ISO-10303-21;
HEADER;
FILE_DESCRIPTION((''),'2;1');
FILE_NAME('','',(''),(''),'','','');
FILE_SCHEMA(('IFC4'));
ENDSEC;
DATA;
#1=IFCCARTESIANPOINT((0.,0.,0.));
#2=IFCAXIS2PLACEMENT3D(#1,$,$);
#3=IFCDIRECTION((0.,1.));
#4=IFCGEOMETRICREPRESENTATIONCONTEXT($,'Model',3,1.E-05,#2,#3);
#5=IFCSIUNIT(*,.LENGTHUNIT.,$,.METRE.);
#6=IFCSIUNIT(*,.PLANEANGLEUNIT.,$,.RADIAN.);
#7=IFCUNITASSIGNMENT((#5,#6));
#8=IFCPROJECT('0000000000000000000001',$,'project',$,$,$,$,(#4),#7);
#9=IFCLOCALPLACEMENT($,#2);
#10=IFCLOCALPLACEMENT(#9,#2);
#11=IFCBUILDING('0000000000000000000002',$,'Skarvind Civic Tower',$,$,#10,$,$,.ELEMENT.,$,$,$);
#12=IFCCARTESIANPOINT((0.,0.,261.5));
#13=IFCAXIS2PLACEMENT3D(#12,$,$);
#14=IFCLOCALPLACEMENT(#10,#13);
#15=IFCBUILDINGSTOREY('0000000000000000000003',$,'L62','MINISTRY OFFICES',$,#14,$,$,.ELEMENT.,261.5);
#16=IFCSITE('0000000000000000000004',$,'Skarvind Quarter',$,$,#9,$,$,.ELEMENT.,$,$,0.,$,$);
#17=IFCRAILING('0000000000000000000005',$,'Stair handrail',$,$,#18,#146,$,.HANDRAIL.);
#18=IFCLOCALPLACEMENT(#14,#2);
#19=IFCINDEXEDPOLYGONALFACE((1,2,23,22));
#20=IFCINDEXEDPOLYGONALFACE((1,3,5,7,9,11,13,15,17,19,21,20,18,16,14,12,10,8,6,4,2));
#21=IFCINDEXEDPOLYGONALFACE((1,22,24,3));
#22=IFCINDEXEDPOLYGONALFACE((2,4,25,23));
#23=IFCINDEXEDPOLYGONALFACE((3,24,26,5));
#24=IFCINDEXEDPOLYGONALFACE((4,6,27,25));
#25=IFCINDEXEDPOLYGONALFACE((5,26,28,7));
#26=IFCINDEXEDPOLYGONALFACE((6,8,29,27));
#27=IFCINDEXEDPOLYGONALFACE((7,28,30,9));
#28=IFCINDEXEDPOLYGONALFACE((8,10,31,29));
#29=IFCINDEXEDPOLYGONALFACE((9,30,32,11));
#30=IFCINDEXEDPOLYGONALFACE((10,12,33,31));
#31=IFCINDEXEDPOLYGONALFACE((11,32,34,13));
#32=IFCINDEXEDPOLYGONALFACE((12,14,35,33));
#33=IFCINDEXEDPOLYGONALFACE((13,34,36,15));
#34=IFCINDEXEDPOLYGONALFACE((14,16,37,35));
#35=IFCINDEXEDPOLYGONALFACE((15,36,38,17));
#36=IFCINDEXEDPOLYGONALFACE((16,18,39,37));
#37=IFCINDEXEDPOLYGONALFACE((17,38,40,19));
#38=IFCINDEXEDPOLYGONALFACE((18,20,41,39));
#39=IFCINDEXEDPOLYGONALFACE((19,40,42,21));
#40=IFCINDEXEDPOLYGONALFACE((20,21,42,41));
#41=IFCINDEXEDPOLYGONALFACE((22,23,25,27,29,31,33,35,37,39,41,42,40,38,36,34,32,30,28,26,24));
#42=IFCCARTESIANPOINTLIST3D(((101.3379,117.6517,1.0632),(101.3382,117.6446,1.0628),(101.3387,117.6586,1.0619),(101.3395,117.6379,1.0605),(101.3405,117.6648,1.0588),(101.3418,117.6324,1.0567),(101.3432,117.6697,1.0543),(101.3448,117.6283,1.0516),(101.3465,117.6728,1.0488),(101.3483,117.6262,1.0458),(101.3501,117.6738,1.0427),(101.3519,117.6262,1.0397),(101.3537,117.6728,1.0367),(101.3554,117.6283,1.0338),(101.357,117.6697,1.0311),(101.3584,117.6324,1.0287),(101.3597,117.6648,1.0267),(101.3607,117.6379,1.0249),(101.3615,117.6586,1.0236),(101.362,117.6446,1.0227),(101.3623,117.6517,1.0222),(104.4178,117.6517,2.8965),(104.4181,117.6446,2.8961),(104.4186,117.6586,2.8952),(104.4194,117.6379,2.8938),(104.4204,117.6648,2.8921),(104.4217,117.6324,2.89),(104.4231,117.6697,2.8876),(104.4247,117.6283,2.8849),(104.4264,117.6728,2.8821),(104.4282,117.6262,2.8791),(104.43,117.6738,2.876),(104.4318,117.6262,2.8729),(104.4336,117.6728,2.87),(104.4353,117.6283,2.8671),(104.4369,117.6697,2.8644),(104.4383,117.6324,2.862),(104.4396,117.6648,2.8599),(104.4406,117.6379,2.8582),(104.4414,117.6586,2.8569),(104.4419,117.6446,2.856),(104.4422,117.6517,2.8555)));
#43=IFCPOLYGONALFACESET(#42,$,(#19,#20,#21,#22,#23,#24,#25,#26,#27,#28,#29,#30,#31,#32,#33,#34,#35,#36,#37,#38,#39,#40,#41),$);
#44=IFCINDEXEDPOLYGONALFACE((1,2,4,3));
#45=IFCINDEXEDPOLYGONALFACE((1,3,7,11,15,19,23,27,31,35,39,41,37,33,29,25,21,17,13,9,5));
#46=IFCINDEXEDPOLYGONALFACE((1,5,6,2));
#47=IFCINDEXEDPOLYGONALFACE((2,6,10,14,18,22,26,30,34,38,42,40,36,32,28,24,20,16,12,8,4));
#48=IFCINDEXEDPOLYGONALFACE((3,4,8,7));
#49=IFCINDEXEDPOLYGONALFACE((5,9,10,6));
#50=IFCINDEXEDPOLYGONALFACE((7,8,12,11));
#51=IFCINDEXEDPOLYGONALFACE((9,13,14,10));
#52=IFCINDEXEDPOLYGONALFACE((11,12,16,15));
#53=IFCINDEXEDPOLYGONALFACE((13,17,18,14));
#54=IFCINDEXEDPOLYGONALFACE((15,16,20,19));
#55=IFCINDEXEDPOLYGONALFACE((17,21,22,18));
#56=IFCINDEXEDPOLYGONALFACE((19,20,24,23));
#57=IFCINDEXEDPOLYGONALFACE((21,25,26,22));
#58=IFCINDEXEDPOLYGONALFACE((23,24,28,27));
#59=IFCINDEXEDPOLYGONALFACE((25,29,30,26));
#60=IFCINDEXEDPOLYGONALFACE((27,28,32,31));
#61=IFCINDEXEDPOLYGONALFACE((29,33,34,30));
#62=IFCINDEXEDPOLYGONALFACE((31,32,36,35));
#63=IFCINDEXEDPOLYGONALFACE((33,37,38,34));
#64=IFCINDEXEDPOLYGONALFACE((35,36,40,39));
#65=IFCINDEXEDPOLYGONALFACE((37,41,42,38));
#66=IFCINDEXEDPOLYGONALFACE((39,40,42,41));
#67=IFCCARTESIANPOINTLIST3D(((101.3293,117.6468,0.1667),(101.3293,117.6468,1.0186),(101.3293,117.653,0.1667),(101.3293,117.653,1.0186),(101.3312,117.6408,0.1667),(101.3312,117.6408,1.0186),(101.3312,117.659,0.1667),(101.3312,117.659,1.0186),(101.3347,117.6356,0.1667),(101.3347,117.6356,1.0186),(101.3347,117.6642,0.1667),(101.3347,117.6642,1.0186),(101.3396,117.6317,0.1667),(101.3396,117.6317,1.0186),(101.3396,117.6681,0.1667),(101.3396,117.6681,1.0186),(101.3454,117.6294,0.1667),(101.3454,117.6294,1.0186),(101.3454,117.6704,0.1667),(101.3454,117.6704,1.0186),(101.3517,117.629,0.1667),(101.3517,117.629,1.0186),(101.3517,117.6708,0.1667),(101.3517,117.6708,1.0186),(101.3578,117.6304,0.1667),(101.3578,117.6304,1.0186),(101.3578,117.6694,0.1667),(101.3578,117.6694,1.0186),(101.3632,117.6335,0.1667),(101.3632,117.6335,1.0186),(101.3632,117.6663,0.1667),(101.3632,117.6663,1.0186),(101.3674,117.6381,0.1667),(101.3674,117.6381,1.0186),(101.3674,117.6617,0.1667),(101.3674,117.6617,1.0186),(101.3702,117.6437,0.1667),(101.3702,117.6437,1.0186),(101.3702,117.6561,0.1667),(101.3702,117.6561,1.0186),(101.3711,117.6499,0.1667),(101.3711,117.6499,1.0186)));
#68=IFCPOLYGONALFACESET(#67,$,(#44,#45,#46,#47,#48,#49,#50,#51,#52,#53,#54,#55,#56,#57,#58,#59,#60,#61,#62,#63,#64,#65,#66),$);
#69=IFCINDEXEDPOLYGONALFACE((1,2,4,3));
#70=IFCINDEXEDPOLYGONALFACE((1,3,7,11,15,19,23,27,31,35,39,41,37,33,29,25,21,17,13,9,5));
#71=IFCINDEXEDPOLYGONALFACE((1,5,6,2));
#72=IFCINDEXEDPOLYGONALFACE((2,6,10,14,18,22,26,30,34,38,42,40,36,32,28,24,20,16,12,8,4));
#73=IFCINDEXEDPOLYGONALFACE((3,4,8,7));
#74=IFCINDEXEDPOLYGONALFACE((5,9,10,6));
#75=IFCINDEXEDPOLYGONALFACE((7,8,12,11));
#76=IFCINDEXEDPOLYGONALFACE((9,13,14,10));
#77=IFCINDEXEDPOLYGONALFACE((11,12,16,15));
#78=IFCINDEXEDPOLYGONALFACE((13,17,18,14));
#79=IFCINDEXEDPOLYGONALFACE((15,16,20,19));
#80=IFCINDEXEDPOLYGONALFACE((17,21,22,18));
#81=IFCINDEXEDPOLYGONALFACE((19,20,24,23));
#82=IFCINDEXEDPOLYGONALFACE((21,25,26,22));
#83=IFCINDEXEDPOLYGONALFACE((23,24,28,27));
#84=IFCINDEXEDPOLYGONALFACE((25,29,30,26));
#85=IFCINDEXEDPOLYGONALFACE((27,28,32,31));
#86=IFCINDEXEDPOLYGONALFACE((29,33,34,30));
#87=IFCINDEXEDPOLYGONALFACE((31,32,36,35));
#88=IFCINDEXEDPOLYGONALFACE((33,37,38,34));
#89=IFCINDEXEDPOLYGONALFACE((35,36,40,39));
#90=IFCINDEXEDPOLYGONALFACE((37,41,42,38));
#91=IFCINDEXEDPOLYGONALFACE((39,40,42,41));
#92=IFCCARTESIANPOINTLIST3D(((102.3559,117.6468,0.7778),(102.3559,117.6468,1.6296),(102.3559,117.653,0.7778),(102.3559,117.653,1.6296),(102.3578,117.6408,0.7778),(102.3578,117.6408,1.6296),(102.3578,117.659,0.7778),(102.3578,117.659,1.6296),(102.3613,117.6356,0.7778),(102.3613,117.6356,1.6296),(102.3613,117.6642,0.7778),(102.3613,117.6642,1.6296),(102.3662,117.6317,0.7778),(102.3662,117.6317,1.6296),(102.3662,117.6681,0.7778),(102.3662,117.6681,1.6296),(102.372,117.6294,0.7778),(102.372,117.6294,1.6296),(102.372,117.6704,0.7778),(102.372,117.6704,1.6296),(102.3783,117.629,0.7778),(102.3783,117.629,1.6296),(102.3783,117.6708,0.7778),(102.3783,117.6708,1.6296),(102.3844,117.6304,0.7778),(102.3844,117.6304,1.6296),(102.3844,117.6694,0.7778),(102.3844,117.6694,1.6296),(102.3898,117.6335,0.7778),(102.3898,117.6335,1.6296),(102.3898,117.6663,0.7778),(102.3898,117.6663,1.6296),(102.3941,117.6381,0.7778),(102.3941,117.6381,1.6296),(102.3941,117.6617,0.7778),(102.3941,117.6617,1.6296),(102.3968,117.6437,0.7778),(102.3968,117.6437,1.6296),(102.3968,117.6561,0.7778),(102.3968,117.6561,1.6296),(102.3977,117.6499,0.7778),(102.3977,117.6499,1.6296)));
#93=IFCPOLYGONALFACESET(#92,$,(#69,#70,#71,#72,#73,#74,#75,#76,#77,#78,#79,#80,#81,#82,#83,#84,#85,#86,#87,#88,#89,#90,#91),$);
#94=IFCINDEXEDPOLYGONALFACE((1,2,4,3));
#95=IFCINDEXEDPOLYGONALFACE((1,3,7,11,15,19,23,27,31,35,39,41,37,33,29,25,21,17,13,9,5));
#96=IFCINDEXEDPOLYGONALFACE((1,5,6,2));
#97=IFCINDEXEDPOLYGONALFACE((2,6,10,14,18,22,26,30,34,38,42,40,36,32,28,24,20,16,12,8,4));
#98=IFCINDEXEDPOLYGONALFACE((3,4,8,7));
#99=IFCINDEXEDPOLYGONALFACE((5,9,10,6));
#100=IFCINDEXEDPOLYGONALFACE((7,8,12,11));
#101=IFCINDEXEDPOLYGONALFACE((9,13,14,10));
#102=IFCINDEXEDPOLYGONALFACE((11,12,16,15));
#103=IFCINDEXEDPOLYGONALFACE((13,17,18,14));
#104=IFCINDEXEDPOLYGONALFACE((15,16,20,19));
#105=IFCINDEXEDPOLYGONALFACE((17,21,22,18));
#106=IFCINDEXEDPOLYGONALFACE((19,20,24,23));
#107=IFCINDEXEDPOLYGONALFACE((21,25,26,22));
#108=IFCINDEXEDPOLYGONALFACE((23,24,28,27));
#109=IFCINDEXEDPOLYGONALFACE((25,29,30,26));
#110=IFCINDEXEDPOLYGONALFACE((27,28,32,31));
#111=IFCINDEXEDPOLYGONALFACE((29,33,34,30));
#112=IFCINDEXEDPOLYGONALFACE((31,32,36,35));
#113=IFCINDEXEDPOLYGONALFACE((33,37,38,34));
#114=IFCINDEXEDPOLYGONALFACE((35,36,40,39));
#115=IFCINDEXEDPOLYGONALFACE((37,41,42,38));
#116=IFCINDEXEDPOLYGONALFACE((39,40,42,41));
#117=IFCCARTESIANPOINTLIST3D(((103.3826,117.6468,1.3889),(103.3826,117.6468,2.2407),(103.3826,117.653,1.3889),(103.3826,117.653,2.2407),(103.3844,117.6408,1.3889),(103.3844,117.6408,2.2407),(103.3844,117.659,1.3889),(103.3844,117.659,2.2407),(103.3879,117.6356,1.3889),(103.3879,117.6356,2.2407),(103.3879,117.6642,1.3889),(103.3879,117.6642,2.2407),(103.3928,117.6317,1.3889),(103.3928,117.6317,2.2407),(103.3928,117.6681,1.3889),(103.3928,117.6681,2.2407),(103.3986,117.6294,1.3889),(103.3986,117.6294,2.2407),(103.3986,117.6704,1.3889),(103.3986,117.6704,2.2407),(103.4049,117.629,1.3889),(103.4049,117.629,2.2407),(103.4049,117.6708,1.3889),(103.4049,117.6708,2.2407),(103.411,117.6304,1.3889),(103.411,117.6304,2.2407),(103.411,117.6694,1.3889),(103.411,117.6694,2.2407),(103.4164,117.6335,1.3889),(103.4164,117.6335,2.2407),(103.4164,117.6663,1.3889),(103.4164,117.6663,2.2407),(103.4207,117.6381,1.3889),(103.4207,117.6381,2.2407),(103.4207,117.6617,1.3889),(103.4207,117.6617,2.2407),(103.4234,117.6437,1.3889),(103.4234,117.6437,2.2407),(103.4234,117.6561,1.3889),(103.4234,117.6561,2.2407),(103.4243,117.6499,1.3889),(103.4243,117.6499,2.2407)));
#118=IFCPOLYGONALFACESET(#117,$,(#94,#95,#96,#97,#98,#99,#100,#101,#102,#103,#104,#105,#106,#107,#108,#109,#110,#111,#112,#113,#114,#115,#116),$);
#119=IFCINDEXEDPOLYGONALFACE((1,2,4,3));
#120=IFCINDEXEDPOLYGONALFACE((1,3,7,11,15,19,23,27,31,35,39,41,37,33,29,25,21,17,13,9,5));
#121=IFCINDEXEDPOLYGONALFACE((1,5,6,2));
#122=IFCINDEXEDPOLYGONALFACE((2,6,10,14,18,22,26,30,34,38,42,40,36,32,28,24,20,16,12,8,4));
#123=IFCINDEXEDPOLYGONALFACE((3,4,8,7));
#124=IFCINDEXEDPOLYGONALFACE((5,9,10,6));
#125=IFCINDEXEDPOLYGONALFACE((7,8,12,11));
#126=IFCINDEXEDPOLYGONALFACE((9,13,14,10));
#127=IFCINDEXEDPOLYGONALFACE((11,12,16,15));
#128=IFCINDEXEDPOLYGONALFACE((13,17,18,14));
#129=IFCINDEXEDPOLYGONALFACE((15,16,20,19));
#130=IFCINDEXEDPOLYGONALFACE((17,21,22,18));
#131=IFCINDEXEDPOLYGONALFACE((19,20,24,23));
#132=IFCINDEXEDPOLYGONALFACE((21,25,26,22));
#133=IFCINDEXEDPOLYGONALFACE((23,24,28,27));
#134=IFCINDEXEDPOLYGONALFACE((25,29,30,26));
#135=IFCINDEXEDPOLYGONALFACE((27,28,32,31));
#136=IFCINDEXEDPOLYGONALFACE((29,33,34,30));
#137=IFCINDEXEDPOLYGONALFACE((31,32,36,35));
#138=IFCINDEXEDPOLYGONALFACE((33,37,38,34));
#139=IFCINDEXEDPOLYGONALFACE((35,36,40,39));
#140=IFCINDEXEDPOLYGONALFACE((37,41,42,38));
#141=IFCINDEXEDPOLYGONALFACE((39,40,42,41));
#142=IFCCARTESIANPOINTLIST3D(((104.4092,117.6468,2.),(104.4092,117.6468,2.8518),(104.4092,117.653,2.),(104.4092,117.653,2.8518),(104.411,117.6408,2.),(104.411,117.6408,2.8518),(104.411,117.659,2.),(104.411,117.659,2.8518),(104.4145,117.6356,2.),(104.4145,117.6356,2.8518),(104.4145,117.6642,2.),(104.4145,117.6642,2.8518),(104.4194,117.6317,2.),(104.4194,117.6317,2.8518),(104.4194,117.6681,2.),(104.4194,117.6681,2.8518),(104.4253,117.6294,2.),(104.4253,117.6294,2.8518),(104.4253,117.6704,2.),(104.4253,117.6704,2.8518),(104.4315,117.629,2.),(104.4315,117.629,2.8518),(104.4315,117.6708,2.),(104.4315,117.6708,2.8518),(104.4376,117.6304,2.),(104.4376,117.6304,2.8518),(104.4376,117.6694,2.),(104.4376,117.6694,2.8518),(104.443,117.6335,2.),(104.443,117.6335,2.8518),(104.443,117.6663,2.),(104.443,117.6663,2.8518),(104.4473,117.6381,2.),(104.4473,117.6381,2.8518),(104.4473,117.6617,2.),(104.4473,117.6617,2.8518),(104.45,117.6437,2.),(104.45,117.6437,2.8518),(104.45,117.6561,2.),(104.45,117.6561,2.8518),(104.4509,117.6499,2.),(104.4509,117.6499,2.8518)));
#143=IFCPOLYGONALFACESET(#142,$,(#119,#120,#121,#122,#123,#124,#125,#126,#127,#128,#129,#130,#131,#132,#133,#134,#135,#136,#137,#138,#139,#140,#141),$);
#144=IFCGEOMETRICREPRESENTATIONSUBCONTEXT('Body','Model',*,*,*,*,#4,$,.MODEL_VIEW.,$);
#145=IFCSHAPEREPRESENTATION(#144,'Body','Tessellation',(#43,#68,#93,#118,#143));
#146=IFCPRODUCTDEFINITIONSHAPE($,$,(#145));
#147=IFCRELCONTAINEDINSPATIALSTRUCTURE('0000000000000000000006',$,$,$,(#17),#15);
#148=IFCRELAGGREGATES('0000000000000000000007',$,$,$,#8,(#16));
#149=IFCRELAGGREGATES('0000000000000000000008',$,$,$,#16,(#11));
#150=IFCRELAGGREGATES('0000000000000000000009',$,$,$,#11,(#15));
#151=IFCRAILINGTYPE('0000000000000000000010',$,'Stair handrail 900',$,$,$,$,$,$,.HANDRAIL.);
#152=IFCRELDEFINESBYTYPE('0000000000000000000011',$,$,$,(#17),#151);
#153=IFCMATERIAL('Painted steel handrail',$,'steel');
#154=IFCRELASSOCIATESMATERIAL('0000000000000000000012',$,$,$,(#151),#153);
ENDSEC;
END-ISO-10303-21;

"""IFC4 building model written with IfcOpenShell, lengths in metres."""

from ifc_helpers import new_model, si_unit, direction, frame, origin, origin_2d, place, context, subcontext, project, spatial, circle, extrude, material, type_object, element, save


model = new_model("IFC4")

# Units and contexts
model_context = context("Model", 3, precision=1e-05, world=origin(), true_north=direction((0.0, 1.0)))
body_context = subcontext(model_context, "Body", "Model", "MODEL_VIEW")
ifc_project = project(units=[si_unit("LENGTHUNIT", "METRE"), si_unit("PLANEANGLEUNIT", "RADIAN")], contexts=[model_context])

# Site, building, storey
site_placement = place(None, origin())
site = spatial("IfcSite", under=ifc_project, at=site_placement, Name="Skarvind Quarter", CompositionType="ELEMENT", RefElevation=0.0)
building_placement = place(site_placement, origin())
building = spatial("IfcBuilding", under=site, at=building_placement, Name="Skarvind Civic Tower", CompositionType="ELEMENT")
storey_placement = place(building_placement, frame((0.0, 0.0, 261.5)))
storey = spatial("IfcBuildingStorey", under=building, at=storey_placement, Name="L62", Description="MINISTRY OFFICES", CompositionType="ELEMENT", Elevation=261.5)

# Railing
ifc_material_1 = material(Name="Painted steel handrail", Category="steel")
railing_type = type_object("IfcRailingType", Name="Stair handrail 900", PredefinedType="HANDRAIL", material=ifc_material_1)
railing_placement = place(storey_placement, frame((101.3501, 117.6499, 0.1667)))
element("IfcRailing", 1, at=railing_placement, inside=storey, type_object=railing_type, Name="Stair handrail", PredefinedType="HANDRAIL", context=body_context, shape_type="SweptSolid", body=[
    extrude(circle(Radius=0.0239, at=origin_2d()), frame((0.0, 0.0, 0.876), z_axis=(0.859291, 0.0, 0.511487), x_axis=(0.0, 1.0, 0.0)), (0.0, 0.0, 1.0), 3.5842),
    extrude(circle(Radius=0.021, at=origin_2d()), origin(), (0.0, 0.0, 1.0), 0.8518),
    extrude(circle(Radius=0.021, at=origin_2d()), frame((1.0266, 0.0, 0.6111)), (0.0, 0.0, 1.0), 0.8518),
    extrude(circle(Radius=0.021, at=origin_2d()), frame((2.0532, 0.0, 1.2222)), (0.0, 0.0, 1.0), 0.8518),
    extrude(circle(Radius=0.021, at=origin_2d()), frame((3.0798, 0.0, 1.8333)), (0.0, 0.0, 1.0), 0.8518),
])

save(model, "model.ifc")
